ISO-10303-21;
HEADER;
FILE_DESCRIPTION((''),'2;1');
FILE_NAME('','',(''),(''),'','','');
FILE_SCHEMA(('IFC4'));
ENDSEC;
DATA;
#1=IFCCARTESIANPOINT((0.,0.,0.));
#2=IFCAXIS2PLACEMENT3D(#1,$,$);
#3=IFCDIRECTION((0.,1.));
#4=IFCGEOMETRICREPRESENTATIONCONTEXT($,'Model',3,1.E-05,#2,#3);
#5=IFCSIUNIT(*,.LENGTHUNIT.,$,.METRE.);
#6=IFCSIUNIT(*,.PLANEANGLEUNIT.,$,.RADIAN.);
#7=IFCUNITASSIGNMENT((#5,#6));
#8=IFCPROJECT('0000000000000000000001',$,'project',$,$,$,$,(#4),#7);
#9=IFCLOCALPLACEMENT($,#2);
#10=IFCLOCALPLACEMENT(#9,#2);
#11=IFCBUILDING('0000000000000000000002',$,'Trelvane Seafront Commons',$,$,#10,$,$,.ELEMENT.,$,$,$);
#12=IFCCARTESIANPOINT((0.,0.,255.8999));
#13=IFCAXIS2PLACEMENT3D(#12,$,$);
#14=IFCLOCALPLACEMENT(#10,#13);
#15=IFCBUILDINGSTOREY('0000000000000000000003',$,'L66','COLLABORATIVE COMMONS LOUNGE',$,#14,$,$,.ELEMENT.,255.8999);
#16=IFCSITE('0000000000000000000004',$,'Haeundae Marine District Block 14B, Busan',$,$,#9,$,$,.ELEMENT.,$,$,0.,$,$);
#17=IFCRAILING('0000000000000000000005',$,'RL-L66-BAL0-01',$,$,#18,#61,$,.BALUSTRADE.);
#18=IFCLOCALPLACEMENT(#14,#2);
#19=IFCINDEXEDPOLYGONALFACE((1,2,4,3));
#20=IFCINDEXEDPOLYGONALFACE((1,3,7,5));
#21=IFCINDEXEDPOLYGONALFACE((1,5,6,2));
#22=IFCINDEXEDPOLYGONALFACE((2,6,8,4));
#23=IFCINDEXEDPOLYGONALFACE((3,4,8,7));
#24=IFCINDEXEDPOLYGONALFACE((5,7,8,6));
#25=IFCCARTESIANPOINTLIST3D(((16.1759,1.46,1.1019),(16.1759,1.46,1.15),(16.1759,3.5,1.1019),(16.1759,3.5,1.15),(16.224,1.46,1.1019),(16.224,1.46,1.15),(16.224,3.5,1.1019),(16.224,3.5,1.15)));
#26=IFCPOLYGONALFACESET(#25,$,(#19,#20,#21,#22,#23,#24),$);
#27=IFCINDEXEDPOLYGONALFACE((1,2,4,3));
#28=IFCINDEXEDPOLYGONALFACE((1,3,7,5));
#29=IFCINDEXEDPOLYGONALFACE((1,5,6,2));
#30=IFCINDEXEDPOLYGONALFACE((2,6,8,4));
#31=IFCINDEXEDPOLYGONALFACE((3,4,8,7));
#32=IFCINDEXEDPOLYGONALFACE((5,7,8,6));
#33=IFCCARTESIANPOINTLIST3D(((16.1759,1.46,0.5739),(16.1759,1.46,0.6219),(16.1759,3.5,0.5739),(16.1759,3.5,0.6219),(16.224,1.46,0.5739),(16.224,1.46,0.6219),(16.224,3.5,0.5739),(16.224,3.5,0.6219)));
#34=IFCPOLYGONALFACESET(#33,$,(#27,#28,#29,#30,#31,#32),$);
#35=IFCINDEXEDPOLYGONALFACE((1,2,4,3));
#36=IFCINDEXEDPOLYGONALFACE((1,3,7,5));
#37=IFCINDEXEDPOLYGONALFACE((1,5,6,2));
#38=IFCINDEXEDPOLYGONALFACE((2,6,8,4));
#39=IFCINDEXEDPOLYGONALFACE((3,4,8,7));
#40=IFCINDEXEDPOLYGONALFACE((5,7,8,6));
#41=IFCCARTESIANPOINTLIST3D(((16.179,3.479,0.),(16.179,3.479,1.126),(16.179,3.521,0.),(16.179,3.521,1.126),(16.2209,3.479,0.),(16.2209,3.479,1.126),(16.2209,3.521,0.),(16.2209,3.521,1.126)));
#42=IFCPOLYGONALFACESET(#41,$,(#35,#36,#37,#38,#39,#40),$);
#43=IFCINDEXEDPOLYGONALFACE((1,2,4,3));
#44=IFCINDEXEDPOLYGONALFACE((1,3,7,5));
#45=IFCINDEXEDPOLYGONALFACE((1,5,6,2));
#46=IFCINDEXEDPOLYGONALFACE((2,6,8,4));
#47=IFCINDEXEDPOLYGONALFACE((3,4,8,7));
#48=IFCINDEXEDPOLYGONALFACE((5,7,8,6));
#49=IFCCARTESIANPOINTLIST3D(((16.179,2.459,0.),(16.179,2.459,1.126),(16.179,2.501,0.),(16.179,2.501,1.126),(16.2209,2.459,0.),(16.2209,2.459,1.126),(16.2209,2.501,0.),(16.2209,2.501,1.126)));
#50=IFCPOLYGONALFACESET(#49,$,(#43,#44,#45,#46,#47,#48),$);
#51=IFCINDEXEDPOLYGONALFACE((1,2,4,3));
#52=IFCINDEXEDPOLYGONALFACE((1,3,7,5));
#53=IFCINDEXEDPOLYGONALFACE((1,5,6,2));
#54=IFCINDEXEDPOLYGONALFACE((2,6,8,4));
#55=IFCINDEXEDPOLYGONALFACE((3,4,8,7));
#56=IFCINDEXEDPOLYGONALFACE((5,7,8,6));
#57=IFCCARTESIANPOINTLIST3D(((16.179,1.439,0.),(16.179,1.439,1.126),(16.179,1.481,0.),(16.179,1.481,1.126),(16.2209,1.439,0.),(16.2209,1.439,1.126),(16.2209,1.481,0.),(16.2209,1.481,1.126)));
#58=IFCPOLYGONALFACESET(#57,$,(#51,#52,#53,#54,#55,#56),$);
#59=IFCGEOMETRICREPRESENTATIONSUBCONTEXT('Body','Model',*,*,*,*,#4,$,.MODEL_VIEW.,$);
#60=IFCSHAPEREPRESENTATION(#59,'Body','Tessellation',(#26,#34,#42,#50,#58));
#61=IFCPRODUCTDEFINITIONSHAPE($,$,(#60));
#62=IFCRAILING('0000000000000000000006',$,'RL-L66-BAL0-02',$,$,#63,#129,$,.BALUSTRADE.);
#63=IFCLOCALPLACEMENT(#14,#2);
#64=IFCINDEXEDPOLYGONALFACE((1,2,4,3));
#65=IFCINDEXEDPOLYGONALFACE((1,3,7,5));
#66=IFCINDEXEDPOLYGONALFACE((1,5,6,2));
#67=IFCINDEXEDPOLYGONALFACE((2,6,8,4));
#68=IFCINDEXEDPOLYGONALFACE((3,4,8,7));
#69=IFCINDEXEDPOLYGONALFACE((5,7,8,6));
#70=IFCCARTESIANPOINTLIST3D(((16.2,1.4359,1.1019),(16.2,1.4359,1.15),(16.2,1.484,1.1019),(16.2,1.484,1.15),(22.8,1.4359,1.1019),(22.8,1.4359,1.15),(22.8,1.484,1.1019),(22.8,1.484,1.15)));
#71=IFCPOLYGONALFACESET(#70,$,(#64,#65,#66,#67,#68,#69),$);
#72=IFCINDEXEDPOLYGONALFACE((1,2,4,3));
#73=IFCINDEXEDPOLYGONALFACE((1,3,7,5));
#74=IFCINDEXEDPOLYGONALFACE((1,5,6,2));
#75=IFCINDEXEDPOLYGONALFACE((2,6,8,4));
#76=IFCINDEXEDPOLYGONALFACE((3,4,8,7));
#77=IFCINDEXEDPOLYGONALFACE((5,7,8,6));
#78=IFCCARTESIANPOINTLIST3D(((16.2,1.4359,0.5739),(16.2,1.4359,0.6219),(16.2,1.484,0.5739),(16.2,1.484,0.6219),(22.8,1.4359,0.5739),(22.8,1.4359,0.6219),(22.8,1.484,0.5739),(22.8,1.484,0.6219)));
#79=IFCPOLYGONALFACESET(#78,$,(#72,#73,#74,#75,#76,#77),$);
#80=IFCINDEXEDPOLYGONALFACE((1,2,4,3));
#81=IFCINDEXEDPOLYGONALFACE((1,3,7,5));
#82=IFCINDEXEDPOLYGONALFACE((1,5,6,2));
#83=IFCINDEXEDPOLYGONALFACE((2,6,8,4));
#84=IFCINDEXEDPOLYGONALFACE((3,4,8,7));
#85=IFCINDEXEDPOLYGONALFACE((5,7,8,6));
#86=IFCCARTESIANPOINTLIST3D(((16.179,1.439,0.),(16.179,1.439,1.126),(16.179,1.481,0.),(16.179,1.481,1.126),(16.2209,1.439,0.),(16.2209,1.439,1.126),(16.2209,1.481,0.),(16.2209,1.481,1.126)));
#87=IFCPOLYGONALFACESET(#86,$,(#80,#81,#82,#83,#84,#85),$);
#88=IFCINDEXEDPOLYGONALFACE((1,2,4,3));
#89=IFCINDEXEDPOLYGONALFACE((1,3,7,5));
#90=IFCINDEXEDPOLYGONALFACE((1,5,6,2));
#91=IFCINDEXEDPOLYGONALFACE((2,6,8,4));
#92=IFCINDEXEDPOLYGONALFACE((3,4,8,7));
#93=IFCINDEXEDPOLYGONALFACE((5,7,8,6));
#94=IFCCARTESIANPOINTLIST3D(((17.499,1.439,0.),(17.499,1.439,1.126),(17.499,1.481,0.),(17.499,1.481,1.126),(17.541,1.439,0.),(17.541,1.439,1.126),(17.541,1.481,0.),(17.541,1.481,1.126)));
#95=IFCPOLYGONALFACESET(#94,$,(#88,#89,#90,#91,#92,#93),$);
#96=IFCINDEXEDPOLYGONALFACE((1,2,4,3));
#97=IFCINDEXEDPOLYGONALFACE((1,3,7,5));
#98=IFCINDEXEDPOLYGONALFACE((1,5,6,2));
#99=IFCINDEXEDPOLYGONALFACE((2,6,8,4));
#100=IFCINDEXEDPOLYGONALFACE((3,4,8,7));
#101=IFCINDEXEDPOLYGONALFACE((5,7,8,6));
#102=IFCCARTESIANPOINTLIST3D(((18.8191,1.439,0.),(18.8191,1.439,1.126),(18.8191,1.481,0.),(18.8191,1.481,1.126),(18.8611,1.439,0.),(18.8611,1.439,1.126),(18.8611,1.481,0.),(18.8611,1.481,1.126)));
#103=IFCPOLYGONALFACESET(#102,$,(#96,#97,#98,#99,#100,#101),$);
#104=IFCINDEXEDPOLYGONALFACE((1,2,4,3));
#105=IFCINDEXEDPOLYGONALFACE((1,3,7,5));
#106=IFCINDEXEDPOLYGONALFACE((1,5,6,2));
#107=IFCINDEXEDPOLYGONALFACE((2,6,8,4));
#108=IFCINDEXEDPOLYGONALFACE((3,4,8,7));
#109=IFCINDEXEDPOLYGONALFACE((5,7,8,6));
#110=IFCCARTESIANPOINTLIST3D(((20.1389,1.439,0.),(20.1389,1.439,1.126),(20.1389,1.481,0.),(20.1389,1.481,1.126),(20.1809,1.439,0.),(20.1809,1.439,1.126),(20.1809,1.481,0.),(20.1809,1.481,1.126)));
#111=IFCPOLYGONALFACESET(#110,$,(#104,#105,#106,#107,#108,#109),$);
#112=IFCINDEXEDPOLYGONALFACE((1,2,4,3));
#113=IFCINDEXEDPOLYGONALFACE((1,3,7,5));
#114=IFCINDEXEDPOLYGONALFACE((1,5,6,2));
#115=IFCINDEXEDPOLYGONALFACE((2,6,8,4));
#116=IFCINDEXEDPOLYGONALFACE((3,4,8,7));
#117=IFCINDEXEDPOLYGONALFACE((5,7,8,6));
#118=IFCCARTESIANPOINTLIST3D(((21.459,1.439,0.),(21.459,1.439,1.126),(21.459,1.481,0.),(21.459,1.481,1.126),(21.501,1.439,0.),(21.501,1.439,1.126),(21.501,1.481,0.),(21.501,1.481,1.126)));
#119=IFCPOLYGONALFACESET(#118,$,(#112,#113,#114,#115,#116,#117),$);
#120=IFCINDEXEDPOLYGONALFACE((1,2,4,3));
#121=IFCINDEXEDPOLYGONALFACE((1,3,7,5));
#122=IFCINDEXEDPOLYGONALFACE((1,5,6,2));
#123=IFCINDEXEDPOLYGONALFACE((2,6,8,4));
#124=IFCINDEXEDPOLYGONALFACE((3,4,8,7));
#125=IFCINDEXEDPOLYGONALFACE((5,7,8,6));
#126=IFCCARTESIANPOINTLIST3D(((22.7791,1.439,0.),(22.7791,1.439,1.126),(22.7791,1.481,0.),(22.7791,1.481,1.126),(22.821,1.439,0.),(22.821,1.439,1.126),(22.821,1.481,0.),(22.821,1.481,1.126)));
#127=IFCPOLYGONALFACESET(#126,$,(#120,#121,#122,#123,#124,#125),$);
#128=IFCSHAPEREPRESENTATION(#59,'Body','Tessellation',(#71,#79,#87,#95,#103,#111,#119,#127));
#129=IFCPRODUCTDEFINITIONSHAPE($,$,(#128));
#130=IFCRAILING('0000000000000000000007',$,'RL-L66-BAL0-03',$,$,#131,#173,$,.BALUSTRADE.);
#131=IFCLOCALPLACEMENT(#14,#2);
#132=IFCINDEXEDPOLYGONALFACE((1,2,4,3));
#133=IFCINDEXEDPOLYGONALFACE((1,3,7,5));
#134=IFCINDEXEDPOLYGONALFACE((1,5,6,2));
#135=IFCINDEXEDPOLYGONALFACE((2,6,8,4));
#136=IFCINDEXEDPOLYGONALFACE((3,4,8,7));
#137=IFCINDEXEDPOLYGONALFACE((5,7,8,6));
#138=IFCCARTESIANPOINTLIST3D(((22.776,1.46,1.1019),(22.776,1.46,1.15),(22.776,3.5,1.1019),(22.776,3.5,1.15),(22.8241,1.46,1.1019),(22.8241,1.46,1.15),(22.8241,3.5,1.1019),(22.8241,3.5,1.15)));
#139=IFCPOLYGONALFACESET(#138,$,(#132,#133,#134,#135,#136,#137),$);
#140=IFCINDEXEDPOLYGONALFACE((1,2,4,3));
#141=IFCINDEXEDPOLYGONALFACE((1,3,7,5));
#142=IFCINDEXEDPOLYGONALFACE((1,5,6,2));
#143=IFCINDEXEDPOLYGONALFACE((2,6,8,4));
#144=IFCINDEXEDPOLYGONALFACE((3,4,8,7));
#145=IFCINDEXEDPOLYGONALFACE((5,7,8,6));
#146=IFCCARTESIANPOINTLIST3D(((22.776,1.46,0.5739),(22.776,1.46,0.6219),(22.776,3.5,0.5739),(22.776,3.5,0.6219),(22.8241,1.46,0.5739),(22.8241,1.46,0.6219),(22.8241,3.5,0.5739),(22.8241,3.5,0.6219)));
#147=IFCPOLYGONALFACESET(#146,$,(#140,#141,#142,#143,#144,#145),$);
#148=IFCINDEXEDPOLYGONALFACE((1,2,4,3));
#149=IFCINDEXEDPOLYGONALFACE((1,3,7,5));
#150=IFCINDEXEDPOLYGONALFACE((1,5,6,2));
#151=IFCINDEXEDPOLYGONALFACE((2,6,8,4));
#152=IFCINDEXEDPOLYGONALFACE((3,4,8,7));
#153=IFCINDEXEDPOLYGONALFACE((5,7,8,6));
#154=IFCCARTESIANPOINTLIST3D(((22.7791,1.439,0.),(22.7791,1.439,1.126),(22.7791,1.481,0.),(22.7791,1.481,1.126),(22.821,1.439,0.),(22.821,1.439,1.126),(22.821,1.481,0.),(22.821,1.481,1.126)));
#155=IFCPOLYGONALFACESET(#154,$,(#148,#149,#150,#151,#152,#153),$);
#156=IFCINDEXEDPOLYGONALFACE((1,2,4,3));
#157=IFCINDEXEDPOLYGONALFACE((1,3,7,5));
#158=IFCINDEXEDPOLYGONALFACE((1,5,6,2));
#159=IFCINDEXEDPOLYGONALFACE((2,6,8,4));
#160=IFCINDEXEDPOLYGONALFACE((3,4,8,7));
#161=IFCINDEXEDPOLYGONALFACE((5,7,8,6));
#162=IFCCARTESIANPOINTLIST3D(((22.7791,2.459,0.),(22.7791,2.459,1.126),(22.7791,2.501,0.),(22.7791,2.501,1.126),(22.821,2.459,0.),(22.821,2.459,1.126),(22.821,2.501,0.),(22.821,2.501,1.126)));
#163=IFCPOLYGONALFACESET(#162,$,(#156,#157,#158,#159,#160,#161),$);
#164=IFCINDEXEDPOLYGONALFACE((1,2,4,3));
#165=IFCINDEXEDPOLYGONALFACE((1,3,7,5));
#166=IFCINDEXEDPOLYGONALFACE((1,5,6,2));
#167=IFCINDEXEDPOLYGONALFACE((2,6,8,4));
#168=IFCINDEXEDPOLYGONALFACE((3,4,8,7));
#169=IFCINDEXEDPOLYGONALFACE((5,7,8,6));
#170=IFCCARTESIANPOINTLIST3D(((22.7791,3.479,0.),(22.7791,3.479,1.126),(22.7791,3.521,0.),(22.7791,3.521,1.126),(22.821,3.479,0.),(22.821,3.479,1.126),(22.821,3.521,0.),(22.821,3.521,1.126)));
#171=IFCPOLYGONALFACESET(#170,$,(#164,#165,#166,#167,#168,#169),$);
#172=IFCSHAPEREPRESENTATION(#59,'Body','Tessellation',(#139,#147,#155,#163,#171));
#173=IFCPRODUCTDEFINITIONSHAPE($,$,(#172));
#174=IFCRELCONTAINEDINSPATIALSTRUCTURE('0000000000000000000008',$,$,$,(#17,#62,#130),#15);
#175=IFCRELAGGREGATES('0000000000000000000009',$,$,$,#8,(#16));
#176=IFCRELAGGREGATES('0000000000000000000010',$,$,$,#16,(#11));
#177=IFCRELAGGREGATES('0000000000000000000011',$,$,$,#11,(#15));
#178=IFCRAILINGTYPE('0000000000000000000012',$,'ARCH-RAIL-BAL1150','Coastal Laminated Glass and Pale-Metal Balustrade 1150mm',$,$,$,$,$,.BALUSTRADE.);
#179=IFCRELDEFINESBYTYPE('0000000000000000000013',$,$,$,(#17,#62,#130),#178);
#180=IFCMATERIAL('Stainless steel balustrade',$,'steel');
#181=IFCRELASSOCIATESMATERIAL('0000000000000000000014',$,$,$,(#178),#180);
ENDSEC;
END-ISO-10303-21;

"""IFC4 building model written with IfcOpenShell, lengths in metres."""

from ifc_helpers import new_model, si_unit, direction, frame, origin, origin_2d, place, context, subcontext, project, spatial, rectangle, extrude, material, type_object, element, save


model = new_model("IFC4")

# Units and contexts
model_context = context("Model", 3, precision=1e-05, world=origin(), true_north=direction((0.0, 1.0)))
body_context = subcontext(model_context, "Body", "Model", "MODEL_VIEW")
ifc_project = project(units=[si_unit("LENGTHUNIT", "METRE"), si_unit("PLANEANGLEUNIT", "RADIAN")], contexts=[model_context])

# Site, building, storey
site_placement = place(None, origin())
site = spatial("IfcSite", under=ifc_project, at=site_placement, Name="Haeundae Marine District Block 14B, Busan", CompositionType="ELEMENT", RefElevation=0.0)
building_placement = place(site_placement, origin())
building = spatial("IfcBuilding", under=site, at=building_placement, Name="Trelvane Seafront Commons", CompositionType="ELEMENT")
storey_placement = place(building_placement, frame((0.0, 0.0, 255.8999)))
storey = spatial("IfcBuildingStorey", under=building, at=storey_placement, Name="L66", Description="COLLABORATIVE COMMONS LOUNGE", CompositionType="ELEMENT", Elevation=255.8999)

# Railings
ifc_material_1 = material(Name="Stainless steel balustrade", Category="steel")
railing_type = type_object("IfcRailingType", Name="ARCH-RAIL-BAL1150", Description="Coastal Laminated Glass and Pale-Metal Balustrade 1150mm", PredefinedType="BALUSTRADE", material=ifc_material_1)
railing_1_placement = place(storey_placement, frame((16.2, 3.5, 0.0)))
element("IfcRailing", 1, at=railing_1_placement, inside=storey, type_object=railing_type, Name="RL-L66-BAL0-01", PredefinedType="BALUSTRADE", context=body_context, shape_type="SweptSolid", body=[
    extrude(rectangle(XDim=0.0481, YDim=0.0481, at=origin_2d()), frame((0.0, 0.0, 1.126), z_axis=(0.0, -1.0, 0.0), x_axis=(1.0, 0.0, 0.0)), (0.0, 0.0, 1.0), 2.04),
    extrude(rectangle(XDim=0.0481, YDim=0.0481, at=origin_2d()), frame((0.0, 0.0, 0.5979), z_axis=(0.0, -1.0, 0.0), x_axis=(1.0, 0.0, 0.0)), (0.0, 0.0, 1.0), 2.04),
    extrude(rectangle(XDim=0.042, YDim=0.042, at=origin_2d()), origin(), (0.0, 0.0, 1.0), 1.126),
    extrude(rectangle(XDim=0.042, YDim=0.042, at=origin_2d()), frame((0.0, -1.02, 0.0)), (0.0, 0.0, 1.0), 1.126),
    extrude(rectangle(XDim=0.042, YDim=0.042, at=origin_2d()), frame((0.0, -2.04, 0.0)), (0.0, 0.0, 1.0), 1.126),
])
railing_2_placement = place(storey_placement, frame((16.2, 1.46, 0.0)))
element("IfcRailing", 2, at=railing_2_placement, inside=storey, type_object=railing_type, Name="RL-L66-BAL0-02", PredefinedType="BALUSTRADE", context=body_context, shape_type="SweptSolid", body=[
    extrude(rectangle(XDim=0.0481, YDim=0.0481, at=origin_2d()), frame((0.0, 0.0, 1.126), z_axis=(1.0, 0.0, 0.0), x_axis=(0.0, 1.0, 0.0)), (0.0, 0.0, 1.0), 6.6001),
    extrude(rectangle(XDim=0.0481, YDim=0.0481, at=origin_2d()), frame((0.0, 0.0, 0.5979), z_axis=(1.0, 0.0, 0.0), x_axis=(0.0, 1.0, 0.0)), (0.0, 0.0, 1.0), 6.6001),
    extrude(rectangle(XDim=0.042, YDim=0.042, at=origin_2d()), origin(), (0.0, 0.0, 1.0), 1.126),
    extrude(rectangle(XDim=0.042, YDim=0.042, at=origin_2d()), frame((1.3201, 0.0, 0.0)), (0.0, 0.0, 1.0), 1.126),
    extrude(rectangle(XDim=0.042, YDim=0.042, at=origin_2d()), frame((2.6401, 0.0, 0.0)), (0.0, 0.0, 1.0), 1.126),
    extrude(rectangle(XDim=0.042, YDim=0.042, at=origin_2d()), frame((3.96, 0.0, 0.0)), (0.0, 0.0, 1.0), 1.126),
    extrude(rectangle(XDim=0.042, YDim=0.042, at=origin_2d()), frame((5.28, 0.0, 0.0)), (0.0, 0.0, 1.0), 1.126),
    extrude(rectangle(XDim=0.042, YDim=0.042, at=origin_2d()), frame((6.6001, 0.0, 0.0)), (0.0, 0.0, 1.0), 1.126),
])
railing_3_placement = place(storey_placement, frame((22.8, 1.46, 0.0)))
element("IfcRailing", 3, at=railing_3_placement, inside=storey, type_object=railing_type, Name="RL-L66-BAL0-03", PredefinedType="BALUSTRADE", context=body_context, shape_type="SweptSolid", body=[
    extrude(rectangle(XDim=0.0481, YDim=0.0481, at=origin_2d()), frame((0.0, 0.0, 1.126), z_axis=(0.0, 1.0, 0.0), x_axis=(-1.0, 0.0, 0.0)), (0.0, 0.0, 1.0), 2.04),
    extrude(rectangle(XDim=0.0481, YDim=0.0481, at=origin_2d()), frame((0.0, 0.0, 0.5979), z_axis=(0.0, 1.0, 0.0), x_axis=(-1.0, 0.0, 0.0)), (0.0, 0.0, 1.0), 2.04),
    extrude(rectangle(XDim=0.042, YDim=0.042, at=origin_2d()), origin(), (0.0, 0.0, 1.0), 1.126),
    extrude(rectangle(XDim=0.042, YDim=0.042, at=origin_2d()), frame((0.0, 1.02, 0.0)), (0.0, 0.0, 1.0), 1.126),
    extrude(rectangle(XDim=0.042, YDim=0.042, at=origin_2d()), frame((0.0, 2.04, 0.0)), (0.0, 0.0, 1.0), 1.126),
])

save(model, "model.ifc")
